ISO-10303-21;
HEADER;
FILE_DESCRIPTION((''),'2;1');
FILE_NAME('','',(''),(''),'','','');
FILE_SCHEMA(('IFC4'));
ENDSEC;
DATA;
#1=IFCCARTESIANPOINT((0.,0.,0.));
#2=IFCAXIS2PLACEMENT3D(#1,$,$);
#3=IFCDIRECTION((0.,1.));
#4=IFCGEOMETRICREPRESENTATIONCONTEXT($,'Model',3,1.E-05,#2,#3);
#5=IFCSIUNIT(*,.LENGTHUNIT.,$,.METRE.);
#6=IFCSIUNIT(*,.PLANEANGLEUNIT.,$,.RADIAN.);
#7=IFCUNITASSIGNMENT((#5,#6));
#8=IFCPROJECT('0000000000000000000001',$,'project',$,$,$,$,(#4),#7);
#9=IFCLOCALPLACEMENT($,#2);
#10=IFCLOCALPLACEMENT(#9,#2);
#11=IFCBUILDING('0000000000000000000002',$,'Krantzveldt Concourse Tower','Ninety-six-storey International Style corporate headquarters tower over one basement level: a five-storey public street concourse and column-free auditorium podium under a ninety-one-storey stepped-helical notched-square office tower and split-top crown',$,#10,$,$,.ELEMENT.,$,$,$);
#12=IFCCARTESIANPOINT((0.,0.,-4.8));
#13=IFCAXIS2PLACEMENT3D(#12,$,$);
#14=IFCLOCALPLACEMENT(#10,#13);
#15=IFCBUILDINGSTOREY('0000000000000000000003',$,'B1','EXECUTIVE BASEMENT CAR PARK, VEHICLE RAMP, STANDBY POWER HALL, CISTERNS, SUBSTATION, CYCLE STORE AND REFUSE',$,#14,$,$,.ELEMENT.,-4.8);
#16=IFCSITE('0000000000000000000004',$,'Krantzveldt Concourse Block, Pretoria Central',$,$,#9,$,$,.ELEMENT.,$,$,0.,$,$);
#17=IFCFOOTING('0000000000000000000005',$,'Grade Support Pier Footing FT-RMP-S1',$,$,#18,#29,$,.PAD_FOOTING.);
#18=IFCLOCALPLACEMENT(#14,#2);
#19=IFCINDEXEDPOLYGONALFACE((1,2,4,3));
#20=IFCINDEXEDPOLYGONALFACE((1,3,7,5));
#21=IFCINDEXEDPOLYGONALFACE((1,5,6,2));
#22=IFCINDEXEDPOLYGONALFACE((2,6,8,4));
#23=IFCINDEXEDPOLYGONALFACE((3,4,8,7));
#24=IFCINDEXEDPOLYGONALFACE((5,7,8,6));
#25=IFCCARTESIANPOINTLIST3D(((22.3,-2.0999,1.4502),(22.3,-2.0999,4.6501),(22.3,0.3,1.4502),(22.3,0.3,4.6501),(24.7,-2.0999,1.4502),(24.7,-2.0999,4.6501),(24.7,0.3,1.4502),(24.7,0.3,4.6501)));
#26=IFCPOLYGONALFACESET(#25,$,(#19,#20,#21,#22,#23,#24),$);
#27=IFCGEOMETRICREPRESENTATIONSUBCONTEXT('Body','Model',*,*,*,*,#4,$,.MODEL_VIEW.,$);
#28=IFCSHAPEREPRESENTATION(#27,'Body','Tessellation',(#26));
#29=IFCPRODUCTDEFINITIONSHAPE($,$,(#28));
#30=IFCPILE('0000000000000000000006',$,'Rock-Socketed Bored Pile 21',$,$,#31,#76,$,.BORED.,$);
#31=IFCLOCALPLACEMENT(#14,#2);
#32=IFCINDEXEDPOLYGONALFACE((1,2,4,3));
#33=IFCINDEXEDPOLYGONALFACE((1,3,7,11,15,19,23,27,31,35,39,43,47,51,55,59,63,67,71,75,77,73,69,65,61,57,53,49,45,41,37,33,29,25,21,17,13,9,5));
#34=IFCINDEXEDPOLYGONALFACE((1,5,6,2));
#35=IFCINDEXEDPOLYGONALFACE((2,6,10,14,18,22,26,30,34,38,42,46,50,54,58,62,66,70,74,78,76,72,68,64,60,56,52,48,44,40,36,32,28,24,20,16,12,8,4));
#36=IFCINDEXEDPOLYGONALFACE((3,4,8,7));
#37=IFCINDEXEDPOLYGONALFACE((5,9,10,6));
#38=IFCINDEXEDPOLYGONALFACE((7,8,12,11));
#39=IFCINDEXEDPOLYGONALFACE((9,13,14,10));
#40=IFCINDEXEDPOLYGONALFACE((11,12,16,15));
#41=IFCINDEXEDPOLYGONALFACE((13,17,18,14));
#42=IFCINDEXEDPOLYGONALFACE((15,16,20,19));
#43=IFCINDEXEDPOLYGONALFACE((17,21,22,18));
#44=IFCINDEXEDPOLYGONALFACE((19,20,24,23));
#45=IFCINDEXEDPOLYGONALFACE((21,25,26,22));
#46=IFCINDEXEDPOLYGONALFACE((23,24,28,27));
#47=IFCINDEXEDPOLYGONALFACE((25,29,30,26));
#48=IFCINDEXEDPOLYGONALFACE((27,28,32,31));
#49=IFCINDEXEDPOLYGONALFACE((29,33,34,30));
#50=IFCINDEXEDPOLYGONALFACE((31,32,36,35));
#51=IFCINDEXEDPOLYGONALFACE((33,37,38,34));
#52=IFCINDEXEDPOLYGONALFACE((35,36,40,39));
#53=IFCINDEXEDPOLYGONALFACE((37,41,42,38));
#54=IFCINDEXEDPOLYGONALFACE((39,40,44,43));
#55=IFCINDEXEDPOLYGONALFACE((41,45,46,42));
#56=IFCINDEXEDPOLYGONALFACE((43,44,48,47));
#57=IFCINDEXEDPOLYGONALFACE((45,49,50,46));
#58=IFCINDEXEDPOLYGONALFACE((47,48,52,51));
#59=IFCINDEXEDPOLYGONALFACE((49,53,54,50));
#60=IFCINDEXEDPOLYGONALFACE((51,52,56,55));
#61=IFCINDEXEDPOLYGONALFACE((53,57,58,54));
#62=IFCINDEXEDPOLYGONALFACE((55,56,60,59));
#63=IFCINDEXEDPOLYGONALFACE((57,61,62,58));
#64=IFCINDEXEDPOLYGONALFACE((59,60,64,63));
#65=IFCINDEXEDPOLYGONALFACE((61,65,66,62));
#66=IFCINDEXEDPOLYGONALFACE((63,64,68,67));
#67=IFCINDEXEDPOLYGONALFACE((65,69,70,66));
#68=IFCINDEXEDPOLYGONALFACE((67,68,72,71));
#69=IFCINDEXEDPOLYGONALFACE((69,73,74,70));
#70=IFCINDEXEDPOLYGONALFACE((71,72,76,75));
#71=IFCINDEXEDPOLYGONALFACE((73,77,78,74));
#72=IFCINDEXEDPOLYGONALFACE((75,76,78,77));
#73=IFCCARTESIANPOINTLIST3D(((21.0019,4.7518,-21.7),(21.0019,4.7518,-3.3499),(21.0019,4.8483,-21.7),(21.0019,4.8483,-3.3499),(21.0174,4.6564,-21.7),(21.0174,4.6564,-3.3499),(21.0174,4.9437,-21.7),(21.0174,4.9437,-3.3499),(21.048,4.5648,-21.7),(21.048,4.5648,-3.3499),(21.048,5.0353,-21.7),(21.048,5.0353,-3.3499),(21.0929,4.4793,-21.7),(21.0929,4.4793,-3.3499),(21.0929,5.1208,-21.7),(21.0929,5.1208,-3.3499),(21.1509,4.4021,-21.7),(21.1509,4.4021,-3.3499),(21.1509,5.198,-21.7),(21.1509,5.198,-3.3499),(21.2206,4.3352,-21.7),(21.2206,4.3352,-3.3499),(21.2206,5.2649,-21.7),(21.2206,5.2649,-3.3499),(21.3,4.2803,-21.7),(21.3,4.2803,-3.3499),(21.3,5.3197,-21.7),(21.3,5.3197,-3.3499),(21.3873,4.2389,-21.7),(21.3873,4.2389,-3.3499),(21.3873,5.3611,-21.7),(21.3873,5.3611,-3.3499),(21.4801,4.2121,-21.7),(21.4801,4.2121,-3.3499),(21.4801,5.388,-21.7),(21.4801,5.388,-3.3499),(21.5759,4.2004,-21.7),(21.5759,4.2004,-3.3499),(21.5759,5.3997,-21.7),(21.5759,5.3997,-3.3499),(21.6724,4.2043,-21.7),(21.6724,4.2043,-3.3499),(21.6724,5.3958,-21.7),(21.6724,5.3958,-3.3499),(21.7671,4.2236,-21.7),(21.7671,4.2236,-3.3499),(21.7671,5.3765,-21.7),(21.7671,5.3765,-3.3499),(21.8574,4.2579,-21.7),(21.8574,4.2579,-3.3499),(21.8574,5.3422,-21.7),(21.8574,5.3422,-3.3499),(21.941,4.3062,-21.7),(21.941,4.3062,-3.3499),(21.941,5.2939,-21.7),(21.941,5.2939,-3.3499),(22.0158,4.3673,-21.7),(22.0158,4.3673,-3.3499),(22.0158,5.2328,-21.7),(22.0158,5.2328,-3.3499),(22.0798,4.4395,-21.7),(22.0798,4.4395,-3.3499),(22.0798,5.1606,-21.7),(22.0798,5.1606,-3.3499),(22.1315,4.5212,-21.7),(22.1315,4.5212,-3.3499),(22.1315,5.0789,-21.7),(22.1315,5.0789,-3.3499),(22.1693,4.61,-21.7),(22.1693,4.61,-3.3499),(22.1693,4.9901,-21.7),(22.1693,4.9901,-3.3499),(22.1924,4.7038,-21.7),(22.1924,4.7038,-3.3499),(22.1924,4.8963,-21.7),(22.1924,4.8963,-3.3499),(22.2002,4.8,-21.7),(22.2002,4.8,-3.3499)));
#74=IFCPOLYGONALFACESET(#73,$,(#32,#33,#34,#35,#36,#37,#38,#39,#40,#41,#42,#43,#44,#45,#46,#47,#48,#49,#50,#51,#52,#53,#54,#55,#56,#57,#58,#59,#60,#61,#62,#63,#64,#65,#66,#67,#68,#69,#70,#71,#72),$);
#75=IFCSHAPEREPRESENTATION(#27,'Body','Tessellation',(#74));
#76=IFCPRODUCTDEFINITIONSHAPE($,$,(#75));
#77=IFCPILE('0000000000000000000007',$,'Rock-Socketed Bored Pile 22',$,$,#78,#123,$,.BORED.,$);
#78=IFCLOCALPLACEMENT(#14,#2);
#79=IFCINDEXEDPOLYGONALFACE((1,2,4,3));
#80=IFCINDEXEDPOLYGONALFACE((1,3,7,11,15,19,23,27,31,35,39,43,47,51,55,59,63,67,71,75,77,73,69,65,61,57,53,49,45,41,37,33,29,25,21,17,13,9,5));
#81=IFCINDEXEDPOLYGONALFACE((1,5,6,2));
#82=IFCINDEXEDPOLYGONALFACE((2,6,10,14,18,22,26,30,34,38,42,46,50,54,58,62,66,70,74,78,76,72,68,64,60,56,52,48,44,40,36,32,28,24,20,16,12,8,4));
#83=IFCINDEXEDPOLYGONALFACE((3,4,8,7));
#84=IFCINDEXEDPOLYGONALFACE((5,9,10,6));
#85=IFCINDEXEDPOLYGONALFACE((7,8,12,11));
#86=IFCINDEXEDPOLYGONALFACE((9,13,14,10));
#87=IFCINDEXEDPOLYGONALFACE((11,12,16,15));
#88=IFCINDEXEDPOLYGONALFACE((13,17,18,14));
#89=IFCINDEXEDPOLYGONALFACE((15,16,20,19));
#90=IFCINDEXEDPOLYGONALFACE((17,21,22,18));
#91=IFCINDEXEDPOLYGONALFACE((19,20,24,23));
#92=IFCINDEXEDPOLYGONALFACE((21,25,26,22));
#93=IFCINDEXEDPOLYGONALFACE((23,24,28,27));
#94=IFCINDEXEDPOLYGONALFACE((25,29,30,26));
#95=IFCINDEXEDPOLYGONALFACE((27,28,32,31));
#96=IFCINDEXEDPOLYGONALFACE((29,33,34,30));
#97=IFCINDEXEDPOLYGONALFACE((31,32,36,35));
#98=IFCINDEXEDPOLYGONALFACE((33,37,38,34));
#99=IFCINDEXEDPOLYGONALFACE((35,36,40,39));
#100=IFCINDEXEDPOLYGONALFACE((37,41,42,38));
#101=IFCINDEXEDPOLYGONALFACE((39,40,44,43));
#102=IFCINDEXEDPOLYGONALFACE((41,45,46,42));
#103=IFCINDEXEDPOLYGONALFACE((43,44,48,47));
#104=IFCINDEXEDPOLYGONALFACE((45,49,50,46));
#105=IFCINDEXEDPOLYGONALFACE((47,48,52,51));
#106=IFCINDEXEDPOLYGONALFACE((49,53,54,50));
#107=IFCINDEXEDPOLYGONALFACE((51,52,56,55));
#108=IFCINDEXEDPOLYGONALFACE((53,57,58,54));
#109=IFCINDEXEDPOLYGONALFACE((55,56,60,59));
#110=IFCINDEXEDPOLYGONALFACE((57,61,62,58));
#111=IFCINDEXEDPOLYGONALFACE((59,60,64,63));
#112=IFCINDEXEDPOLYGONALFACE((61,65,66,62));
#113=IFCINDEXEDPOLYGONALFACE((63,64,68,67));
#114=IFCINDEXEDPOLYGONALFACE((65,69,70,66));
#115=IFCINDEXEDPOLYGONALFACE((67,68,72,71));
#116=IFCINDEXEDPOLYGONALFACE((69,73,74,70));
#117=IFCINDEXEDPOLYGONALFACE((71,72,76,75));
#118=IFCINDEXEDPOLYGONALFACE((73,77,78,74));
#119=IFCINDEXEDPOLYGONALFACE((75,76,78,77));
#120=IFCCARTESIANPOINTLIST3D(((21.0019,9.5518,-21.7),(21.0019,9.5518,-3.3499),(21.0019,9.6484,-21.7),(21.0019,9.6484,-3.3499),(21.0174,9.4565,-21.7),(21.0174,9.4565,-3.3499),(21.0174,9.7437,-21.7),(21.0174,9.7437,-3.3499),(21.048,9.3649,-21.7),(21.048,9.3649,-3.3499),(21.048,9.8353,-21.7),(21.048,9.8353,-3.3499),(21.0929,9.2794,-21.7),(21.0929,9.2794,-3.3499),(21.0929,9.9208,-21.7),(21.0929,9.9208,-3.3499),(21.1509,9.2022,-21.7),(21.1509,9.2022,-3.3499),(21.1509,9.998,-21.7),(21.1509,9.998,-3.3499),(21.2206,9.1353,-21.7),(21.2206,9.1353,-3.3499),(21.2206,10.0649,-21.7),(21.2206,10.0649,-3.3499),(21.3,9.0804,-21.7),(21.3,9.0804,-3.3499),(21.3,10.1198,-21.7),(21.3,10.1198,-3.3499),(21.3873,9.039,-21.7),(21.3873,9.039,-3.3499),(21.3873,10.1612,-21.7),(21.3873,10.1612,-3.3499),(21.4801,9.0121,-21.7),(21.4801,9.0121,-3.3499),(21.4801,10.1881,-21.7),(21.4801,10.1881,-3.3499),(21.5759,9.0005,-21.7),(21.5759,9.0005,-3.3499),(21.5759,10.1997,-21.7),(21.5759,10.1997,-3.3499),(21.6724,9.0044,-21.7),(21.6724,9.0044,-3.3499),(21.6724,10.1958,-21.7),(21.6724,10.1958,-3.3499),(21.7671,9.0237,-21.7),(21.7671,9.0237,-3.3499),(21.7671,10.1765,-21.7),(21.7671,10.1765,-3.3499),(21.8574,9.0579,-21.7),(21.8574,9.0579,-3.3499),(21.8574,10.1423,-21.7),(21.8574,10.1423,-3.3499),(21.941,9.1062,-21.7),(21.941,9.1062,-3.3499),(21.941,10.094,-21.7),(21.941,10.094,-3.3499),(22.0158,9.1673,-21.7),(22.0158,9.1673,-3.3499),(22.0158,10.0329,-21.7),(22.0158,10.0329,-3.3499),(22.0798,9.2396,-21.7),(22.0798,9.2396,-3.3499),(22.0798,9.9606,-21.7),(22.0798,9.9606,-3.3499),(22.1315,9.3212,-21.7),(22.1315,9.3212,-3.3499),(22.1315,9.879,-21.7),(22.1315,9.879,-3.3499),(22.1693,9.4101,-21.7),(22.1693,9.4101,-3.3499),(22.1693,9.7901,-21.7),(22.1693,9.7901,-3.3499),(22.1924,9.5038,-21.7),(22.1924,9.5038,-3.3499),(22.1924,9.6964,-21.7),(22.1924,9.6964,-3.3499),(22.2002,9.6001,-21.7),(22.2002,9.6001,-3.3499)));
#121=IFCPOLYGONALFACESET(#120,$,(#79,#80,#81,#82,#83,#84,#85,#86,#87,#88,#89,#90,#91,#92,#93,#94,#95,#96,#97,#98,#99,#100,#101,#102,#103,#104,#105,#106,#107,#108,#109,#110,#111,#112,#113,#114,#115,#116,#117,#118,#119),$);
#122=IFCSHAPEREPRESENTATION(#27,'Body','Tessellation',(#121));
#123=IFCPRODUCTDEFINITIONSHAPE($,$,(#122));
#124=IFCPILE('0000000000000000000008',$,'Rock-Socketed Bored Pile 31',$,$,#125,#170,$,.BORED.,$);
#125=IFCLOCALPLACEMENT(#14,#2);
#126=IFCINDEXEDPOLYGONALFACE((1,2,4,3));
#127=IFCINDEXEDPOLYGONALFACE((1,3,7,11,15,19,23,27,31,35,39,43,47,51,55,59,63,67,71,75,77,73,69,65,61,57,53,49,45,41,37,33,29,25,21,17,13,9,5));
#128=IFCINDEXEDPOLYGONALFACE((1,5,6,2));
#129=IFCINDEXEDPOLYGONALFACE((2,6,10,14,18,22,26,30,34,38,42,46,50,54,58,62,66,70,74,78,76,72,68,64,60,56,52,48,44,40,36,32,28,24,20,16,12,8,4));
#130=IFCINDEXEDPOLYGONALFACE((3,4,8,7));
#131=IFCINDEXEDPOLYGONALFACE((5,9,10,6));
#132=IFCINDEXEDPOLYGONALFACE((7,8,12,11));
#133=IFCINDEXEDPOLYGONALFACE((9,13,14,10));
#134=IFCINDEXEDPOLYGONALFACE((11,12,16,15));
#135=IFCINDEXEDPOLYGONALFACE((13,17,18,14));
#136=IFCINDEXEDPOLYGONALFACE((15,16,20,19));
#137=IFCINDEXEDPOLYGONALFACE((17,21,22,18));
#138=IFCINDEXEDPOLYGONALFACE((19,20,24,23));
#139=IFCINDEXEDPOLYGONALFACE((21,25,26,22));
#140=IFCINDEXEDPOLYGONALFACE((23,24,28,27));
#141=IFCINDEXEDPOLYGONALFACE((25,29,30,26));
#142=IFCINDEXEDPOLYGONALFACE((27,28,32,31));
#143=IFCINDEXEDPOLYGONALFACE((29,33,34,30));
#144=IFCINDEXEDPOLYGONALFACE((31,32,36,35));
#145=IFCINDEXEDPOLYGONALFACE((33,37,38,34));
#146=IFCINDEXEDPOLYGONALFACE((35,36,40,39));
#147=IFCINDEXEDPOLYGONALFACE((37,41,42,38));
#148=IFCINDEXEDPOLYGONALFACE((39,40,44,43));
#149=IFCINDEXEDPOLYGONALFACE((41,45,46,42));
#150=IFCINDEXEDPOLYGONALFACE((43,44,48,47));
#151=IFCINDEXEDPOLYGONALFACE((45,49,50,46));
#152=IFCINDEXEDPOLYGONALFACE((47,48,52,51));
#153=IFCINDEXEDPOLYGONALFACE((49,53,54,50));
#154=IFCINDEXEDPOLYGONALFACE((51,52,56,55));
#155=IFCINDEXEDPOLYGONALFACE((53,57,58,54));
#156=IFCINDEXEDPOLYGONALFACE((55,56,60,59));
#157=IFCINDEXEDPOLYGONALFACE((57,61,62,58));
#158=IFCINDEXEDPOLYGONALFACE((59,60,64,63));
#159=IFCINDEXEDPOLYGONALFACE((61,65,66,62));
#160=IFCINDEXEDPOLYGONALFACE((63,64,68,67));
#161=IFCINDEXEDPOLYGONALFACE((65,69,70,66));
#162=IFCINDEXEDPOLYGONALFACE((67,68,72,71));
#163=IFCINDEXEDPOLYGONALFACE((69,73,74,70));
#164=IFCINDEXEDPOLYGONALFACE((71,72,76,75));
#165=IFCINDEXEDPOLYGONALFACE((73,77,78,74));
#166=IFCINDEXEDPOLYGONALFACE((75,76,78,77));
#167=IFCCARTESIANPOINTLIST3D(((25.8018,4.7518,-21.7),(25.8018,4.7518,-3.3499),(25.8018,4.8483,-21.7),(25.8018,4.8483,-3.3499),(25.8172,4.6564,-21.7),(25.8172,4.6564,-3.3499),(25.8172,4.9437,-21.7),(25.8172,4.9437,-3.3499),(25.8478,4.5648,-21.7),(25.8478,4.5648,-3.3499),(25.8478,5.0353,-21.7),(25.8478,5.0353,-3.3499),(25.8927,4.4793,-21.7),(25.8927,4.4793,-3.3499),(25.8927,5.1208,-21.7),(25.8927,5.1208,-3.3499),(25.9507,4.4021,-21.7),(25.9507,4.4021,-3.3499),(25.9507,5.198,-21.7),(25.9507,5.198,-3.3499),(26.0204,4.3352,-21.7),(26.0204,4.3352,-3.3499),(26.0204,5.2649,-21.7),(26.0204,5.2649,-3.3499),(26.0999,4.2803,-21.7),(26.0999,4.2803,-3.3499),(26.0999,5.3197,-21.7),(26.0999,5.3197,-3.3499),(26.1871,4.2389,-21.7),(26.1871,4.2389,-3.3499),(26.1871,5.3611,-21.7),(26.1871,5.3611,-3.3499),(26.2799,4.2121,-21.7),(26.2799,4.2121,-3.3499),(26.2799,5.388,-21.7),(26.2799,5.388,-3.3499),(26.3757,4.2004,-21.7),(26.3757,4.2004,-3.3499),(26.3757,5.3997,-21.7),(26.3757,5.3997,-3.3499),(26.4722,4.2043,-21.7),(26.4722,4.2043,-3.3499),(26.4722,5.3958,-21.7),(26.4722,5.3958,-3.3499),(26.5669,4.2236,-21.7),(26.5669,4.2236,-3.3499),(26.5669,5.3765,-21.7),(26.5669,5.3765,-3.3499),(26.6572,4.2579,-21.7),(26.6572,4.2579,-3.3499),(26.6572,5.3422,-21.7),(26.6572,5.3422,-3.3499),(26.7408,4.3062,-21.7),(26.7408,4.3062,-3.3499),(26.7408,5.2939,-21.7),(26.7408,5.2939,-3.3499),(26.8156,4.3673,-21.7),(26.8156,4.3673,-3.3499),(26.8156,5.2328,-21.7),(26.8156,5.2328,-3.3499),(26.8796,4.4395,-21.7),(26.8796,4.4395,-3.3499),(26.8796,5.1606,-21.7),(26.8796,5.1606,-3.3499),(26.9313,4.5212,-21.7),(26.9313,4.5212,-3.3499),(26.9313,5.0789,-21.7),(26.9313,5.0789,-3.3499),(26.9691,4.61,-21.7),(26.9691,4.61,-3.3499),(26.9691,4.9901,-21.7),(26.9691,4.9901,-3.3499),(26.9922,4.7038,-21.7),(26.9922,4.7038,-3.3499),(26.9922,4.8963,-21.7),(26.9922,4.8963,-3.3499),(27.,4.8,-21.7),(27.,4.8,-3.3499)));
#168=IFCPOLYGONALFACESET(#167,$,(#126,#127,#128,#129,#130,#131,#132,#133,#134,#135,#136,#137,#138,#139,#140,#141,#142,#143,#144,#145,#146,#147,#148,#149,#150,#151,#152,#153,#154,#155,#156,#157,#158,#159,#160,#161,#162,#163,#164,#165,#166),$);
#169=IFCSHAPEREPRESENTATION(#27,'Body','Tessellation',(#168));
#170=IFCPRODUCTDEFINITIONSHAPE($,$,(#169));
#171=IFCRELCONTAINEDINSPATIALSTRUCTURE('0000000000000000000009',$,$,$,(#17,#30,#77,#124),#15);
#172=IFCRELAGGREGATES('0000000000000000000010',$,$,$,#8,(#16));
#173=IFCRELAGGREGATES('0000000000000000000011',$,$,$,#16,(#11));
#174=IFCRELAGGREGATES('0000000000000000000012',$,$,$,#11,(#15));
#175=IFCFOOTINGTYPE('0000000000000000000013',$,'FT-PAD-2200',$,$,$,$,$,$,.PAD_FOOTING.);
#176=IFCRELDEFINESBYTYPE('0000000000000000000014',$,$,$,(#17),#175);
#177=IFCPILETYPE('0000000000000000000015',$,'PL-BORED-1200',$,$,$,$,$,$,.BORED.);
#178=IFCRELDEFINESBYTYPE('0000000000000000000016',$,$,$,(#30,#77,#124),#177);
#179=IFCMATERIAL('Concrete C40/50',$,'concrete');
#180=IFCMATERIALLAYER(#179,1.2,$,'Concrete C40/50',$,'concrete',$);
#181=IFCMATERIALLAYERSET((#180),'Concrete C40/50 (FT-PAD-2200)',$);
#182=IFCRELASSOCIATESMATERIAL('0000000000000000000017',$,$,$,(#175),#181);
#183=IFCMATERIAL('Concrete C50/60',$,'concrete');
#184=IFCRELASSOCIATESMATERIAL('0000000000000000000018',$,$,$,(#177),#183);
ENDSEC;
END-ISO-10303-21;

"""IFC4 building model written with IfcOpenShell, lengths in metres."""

from ifc_helpers import new_model, si_unit, direction, frame, origin, origin_2d, place, context, subcontext, project, spatial, rectangle, circle, extrude, source, transform, mapped, material, layer, layer_set, material_profile, profile_set, type_object, type_shapes, element, save


model = new_model("IFC4")

# Units and contexts
model_context = context("Model", 3, precision=1e-05, world=origin(), true_north=direction((0.0, 1.0)))
body_context = subcontext(model_context, "Body", "Model", "MODEL_VIEW")
ifc_project = project(units=[si_unit("LENGTHUNIT", "METRE"), si_unit("PLANEANGLEUNIT", "RADIAN")], contexts=[model_context])

# Site, building, storey
site_placement = place(None, origin())
site = spatial("IfcSite", under=ifc_project, at=site_placement, Name="Krantzveldt Concourse Block, Pretoria Central", CompositionType="ELEMENT", RefElevation=0.0)
building_placement = place(site_placement, origin())
building = spatial("IfcBuilding", under=site, at=building_placement, Name="Krantzveldt Concourse Tower", Description="Ninety-six-storey International Style corporate headquarters tower over one basement level: a five-storey public street concourse and column-free auditorium podium under a ninety-one-storey stepped-helical notched-square office tower and split-top crown", CompositionType="ELEMENT")
storey_placement = place(building_placement, frame((0.0, 0.0, -4.8)))
storey = spatial("IfcBuildingStorey", under=building, at=storey_placement, Name="B1", Description="EXECUTIVE BASEMENT CAR PARK, VEHICLE RAMP, STANDBY POWER HALL, CISTERNS, SUBSTATION, CYCLE STORE AND REFUSE", CompositionType="ELEMENT", Elevation=-4.8)

# Footing
ifc_material_1 = material(Name="Concrete C40/50", Category="concrete")
ifc_layer_1 = layer(ifc_material_1, 1.2, Name="Concrete C40/50", Category="concrete")
ifc_layer_set_1 = layer_set([ifc_layer_1], Name="Concrete C40/50 (FT-PAD-2200)")
footing_type = type_object("IfcFootingType", Name="FT-PAD-2200", PredefinedType="PAD_FOOTING", material=ifc_layer_set_1)
shared_shape_1 = source(origin(), body_context, "Body", "SweptSolid", [
    extrude(rectangle(XDim=2.3999, YDim=2.3999, at=origin_2d()), origin(), (0.0, 0.0, 1.0), 3.2),
])
type_shapes(footing_type, [shared_shape_1])
footing_placement = place(storey_placement, frame((23.5, -0.8999, 1.4502), z_axis=(0.0, 0.0, 1.0), x_axis=(1.0, 0.0, 0.0)))
element("IfcFooting", 1, at=footing_placement, inside=storey, type_object=footing_type, Name="Grade Support Pier Footing FT-RMP-S1", PredefinedType="PAD_FOOTING", context=body_context, shape_type="MappedRepresentation", body=[
    mapped(shared_shape_1, transform((0.0, 0.0, 0.0), x_axis=(1.0, 0.0, 0.0), y_axis=(0.0, 1.0, 0.0), z_axis=(0.0, 0.0, 1.0), scale=1.0)),
])

# Piles
ifc_material_2 = material(Name="Concrete C50/60", Category="concrete")
ifc_material_profile_1 = material_profile(ifc_material_2, circle(Radius=0.6001, at=origin_2d()), Name="Concrete C50/60", Category="concrete")
ifc_profile_set_1 = profile_set([ifc_material_profile_1], Name="Concrete C50/60 - PILE D1200")
pile_type_1 = type_object("IfcPileType", Name="PL-BORED-1200", PredefinedType="BORED", material=ifc_profile_set_1)
shared_shape_2 = source(origin(), body_context, "Body", "SweptSolid", [
    extrude(circle(Radius=0.6001, at=origin_2d()), origin(), (0.0, 0.0, 1.0), 18.3501),
])
type_shapes(pile_type_1, [shared_shape_2])
for number, where, z_axis, x_axis, name in (
    (2, (21.6001, 4.8, -3.3499), (0.0, 0.0, -1.0), (1.0, 0.0, 0.0), "Rock-Socketed Bored Pile 21"),
    (3, (21.6001, 9.6001, -3.3499), (0.0, 0.0, -1.0), (1.0, 0.0, 0.0), "Rock-Socketed Bored Pile 22"),
    (4, (26.3999, 4.8, -3.3499), (0.0, 0.0, -1.0), (1.0, 0.0, 0.0), "Rock-Socketed Bored Pile 31"),
):
    element("IfcPile", number, at=place(storey_placement, frame(where, z_axis=z_axis, x_axis=x_axis)), inside=storey, type_object=pile_type_1, Name=name, PredefinedType="BORED", context=body_context, shape_type="MappedRepresentation", body=[
        mapped(shared_shape_2, transform((0.0, 0.0, 0.0), x_axis=(1.0, 0.0, 0.0), y_axis=(0.0, 1.0, 0.0), z_axis=(0.0, 0.0, 1.0), scale=1.0)),
    ])

save(model, "model.ifc")
